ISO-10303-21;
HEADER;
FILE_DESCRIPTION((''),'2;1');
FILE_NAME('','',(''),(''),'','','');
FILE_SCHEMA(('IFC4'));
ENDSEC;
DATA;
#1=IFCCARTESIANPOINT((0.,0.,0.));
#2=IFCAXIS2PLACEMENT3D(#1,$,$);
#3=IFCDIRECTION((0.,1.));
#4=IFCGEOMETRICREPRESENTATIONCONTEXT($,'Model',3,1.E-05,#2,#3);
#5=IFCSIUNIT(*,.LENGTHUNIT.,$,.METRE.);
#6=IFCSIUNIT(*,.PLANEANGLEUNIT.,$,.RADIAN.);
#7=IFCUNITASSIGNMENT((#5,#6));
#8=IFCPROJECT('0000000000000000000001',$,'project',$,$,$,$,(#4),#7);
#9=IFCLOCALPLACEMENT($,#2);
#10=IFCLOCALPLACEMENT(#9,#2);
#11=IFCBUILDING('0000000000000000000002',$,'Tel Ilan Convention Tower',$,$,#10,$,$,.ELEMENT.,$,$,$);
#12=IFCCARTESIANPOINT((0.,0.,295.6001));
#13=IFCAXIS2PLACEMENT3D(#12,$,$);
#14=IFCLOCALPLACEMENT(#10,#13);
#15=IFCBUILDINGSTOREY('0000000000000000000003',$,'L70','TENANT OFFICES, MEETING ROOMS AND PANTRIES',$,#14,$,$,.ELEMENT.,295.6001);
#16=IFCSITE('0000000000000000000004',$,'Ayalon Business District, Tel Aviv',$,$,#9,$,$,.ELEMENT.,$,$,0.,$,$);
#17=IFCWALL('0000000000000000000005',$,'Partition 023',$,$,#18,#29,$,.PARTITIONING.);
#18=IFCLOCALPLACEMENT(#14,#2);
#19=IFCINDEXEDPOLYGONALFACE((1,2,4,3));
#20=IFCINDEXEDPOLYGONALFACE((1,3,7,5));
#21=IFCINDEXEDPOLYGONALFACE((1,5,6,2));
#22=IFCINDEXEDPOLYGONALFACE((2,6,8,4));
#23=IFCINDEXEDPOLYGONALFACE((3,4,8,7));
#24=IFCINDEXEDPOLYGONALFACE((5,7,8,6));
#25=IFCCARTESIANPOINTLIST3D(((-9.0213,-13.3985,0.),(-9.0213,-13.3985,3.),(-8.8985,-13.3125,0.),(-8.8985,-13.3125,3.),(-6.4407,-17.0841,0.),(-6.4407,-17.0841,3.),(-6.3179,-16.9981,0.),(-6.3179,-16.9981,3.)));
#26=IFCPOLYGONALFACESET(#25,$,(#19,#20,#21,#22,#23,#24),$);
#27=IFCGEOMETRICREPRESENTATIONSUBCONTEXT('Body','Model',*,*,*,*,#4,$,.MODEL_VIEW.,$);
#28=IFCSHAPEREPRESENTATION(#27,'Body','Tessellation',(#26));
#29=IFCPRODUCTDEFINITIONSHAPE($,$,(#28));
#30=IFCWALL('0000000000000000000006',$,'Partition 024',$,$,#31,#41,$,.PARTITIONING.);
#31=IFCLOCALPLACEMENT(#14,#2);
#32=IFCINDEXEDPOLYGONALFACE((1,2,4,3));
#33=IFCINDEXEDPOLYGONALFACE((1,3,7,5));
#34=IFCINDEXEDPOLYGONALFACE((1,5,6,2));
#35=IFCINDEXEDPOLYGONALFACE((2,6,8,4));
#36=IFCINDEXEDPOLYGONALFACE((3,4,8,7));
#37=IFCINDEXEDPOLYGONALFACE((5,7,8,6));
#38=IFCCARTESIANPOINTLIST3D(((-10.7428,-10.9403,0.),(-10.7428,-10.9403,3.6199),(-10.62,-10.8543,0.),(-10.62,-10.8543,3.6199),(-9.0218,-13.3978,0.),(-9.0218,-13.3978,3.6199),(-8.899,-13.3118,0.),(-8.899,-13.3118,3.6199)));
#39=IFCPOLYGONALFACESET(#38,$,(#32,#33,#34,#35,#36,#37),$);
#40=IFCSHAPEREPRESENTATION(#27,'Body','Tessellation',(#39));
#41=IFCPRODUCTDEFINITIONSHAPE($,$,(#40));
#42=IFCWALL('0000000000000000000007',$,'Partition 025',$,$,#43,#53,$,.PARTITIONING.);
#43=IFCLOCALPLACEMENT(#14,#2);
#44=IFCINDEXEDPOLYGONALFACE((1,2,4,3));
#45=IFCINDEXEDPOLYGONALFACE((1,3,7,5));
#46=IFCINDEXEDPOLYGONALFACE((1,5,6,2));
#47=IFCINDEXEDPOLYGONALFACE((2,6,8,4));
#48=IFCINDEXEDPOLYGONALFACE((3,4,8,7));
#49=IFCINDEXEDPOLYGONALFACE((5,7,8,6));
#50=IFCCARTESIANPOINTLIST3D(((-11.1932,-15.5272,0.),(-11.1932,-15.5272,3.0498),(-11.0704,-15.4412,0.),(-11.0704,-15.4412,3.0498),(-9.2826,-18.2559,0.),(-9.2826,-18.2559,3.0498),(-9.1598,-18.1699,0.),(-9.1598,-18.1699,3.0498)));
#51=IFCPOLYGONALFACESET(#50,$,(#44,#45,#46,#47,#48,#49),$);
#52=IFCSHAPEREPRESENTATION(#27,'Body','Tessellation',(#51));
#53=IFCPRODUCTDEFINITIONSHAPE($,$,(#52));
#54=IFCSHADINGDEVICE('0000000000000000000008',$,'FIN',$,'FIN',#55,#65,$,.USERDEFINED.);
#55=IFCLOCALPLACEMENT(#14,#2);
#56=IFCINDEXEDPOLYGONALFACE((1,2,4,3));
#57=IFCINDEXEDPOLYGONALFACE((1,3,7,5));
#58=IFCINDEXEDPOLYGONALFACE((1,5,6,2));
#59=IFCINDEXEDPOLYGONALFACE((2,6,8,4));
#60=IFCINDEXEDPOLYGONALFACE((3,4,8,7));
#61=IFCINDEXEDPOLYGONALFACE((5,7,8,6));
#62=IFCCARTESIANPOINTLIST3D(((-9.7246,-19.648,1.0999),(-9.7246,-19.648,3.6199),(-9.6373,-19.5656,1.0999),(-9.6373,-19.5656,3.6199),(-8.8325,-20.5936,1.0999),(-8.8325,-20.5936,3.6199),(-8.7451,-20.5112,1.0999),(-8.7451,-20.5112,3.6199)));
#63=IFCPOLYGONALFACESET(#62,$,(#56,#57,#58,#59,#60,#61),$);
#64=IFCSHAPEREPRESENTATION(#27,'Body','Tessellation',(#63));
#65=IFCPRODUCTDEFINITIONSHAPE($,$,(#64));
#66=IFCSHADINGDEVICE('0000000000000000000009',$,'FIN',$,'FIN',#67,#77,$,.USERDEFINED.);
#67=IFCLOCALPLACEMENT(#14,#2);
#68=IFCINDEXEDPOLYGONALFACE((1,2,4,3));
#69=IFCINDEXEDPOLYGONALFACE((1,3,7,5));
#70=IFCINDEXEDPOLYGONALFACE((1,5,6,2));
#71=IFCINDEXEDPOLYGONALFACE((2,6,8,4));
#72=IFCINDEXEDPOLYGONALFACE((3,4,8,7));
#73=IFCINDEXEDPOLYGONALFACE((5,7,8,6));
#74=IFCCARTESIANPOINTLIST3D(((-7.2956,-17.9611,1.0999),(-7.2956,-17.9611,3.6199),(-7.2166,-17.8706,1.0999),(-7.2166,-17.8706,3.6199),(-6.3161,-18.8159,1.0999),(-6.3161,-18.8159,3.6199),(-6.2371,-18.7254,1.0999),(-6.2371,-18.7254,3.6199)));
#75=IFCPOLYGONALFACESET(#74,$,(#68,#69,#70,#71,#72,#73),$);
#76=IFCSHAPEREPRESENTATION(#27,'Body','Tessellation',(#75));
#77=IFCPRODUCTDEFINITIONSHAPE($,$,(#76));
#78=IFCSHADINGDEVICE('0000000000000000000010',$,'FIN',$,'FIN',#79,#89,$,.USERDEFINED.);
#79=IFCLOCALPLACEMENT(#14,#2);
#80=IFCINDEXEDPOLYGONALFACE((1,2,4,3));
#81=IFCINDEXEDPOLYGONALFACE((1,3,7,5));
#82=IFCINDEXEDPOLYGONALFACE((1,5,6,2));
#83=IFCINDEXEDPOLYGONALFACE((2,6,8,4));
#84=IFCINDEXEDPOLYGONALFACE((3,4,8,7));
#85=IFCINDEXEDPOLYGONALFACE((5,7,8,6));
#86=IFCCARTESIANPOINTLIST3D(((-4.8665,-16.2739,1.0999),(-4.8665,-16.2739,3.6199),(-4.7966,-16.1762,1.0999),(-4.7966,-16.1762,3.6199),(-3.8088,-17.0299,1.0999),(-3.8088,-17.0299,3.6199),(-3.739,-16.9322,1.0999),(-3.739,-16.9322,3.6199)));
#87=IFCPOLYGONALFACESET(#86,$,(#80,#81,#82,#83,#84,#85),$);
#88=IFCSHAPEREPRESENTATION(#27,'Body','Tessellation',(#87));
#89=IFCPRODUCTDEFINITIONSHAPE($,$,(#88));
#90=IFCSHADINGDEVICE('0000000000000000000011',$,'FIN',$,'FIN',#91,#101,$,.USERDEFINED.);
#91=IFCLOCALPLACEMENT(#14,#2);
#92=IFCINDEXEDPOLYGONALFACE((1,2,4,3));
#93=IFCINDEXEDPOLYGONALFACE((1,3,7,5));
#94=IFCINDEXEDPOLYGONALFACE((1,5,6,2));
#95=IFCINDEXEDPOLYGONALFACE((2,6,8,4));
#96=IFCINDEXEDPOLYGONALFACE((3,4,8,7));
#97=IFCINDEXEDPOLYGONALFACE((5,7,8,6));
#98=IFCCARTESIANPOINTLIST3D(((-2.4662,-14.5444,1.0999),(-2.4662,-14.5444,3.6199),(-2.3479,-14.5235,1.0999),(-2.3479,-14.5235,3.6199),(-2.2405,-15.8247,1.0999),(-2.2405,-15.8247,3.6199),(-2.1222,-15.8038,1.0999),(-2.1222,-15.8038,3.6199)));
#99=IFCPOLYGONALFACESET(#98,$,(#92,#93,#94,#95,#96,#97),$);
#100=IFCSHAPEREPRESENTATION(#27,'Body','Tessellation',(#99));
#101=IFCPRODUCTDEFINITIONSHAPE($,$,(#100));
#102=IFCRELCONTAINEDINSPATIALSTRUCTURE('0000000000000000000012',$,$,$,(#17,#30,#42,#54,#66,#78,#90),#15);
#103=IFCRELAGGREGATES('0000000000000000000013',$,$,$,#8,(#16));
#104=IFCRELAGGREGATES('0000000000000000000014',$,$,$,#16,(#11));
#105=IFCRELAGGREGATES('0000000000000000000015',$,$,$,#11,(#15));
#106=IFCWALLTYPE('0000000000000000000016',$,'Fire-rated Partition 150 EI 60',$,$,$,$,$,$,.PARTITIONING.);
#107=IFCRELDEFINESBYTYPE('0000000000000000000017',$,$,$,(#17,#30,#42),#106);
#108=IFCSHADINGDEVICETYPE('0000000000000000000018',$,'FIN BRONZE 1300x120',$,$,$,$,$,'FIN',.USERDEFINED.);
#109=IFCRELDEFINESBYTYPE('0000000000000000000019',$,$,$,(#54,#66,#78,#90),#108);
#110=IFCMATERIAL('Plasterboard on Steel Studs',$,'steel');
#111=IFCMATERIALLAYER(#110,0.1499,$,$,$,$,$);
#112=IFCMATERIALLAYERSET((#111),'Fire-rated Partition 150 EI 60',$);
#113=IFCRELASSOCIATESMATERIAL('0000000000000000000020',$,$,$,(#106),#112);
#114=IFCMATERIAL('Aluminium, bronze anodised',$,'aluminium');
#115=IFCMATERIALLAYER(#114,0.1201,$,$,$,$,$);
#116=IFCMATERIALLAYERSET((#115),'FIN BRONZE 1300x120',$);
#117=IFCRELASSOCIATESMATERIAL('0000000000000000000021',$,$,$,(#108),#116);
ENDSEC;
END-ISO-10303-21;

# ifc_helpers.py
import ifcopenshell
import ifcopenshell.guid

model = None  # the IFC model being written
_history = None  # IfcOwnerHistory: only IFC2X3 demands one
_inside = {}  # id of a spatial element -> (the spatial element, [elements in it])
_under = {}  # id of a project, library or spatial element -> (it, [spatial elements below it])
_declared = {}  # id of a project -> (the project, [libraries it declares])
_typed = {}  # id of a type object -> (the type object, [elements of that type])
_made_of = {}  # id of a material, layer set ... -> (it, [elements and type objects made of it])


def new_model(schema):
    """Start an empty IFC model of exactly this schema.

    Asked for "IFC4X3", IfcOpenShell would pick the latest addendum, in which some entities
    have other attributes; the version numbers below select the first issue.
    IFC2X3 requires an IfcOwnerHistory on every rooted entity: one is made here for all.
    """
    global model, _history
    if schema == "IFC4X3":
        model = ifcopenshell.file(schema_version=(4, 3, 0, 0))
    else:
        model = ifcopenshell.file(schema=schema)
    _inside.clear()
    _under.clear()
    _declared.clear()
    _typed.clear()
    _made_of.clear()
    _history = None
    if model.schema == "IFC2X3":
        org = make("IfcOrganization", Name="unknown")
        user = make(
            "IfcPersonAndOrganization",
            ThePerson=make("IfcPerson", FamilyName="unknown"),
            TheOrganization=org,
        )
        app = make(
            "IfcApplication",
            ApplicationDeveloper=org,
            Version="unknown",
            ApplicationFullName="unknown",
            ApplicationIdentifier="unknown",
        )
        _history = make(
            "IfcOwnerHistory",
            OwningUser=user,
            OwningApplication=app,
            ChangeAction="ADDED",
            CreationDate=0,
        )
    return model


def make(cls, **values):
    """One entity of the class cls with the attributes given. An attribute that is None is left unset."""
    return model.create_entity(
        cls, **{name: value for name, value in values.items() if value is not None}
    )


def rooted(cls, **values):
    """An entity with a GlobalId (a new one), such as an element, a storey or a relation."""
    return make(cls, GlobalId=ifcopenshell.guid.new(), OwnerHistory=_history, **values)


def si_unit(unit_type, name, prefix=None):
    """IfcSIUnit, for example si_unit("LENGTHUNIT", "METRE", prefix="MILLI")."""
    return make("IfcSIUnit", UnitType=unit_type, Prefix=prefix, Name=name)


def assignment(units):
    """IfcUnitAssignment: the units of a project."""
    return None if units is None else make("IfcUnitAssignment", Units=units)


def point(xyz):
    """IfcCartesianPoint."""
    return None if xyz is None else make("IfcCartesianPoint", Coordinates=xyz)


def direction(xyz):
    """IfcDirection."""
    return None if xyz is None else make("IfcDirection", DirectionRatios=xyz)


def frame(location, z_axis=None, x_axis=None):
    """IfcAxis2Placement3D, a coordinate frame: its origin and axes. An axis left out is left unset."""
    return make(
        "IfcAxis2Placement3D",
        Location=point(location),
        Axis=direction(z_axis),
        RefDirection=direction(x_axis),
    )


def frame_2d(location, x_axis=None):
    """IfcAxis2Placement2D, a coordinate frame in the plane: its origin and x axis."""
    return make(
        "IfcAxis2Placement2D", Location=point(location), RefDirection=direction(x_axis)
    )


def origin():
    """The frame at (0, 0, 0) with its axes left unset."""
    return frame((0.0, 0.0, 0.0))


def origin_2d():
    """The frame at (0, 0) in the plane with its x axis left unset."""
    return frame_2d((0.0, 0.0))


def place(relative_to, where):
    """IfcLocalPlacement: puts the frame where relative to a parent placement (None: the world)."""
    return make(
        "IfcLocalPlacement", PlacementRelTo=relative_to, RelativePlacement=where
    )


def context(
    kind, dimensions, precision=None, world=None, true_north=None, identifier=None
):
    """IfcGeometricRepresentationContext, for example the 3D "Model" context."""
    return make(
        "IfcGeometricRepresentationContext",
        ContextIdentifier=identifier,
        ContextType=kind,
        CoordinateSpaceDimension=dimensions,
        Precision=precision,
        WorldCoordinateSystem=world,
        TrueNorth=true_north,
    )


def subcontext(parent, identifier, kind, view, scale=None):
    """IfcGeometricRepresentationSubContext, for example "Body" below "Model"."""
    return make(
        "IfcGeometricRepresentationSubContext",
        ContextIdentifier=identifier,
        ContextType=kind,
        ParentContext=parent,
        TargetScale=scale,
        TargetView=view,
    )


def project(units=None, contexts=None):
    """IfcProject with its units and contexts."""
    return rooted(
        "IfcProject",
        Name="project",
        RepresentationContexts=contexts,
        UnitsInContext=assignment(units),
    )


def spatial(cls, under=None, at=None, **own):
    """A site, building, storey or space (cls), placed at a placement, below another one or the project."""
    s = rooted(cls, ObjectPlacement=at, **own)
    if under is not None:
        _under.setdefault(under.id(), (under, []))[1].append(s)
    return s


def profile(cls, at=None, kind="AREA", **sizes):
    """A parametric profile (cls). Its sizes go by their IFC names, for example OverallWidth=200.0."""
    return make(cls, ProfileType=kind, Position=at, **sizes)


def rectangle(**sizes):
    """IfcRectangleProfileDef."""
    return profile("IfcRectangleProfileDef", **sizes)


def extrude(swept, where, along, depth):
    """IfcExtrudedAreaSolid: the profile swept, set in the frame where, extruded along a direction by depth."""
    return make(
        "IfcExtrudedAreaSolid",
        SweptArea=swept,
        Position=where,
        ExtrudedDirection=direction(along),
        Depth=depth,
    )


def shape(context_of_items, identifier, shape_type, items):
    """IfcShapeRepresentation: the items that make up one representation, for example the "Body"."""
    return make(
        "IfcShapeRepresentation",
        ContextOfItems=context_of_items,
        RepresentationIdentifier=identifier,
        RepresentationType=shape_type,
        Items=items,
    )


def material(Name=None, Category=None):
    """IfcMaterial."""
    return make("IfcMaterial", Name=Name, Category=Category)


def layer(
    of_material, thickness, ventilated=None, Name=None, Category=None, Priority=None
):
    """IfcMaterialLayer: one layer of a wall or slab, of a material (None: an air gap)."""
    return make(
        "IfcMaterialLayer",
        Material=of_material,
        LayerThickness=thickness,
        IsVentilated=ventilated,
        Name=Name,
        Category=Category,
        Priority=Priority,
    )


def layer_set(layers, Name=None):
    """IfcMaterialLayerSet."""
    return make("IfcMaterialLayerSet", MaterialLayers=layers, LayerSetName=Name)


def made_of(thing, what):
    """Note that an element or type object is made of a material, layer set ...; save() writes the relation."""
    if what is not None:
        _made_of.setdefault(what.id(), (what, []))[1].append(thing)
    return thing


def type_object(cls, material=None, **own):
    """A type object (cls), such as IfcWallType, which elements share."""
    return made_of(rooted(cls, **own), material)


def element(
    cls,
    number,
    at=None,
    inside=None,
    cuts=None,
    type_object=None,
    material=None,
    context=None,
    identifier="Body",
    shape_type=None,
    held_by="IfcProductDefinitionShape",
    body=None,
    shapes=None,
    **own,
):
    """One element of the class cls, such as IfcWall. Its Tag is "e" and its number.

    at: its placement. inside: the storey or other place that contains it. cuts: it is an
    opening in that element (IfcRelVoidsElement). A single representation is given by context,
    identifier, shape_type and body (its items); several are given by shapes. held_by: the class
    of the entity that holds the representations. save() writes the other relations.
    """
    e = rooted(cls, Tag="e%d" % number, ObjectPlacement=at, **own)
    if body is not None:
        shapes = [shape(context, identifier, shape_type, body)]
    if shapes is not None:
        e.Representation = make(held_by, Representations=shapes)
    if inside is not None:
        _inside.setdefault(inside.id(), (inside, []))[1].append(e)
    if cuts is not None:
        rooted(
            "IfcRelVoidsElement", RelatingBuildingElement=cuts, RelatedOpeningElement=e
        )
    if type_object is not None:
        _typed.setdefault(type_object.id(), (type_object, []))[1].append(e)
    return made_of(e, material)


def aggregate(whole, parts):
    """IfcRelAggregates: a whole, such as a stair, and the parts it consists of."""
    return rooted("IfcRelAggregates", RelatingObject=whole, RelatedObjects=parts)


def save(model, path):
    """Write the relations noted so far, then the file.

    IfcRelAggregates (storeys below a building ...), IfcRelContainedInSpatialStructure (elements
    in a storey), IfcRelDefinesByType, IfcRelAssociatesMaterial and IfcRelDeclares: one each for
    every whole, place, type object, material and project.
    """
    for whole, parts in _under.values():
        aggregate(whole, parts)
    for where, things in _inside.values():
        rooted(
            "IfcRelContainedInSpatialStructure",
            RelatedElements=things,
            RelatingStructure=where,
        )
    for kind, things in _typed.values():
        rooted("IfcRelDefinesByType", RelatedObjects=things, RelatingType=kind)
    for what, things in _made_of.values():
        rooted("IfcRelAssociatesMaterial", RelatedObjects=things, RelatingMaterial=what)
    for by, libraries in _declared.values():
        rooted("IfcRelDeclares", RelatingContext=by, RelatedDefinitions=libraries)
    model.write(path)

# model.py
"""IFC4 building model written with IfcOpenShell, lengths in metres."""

from ifc_helpers import new_model, si_unit, direction, frame, frame_2d, origin, origin_2d, place, context, subcontext, project, spatial, rectangle, extrude, material, layer, layer_set, type_object, element, save


model = new_model("IFC4")

# Units and contexts
model_context = context("Model", 3, precision=1e-05, world=origin(), true_north=direction((0.0, 1.0)))
body_context = subcontext(model_context, "Body", "Model", "MODEL_VIEW")
ifc_project = project(units=[si_unit("LENGTHUNIT", "METRE"), si_unit("PLANEANGLEUNIT", "RADIAN")], contexts=[model_context])

# Site, building, storey
site_placement = place(None, origin())
site = spatial("IfcSite", under=ifc_project, at=site_placement, Name="Ayalon Business District, Tel Aviv", CompositionType="ELEMENT", RefElevation=0.0)
building_placement = place(site_placement, origin())
building = spatial("IfcBuilding", under=site, at=building_placement, Name="Tel Ilan Convention Tower", CompositionType="ELEMENT")
storey_placement = place(building_placement, frame((0.0, 0.0, 295.6001)))
storey = spatial("IfcBuildingStorey", under=building, at=storey_placement, Name="L70", Description="TENANT OFFICES, MEETING ROOMS AND PANTRIES", CompositionType="ELEMENT", Elevation=295.6001)

# Walls
ifc_material_1 = material(Name="Plasterboard on Steel Studs", Category="steel")
ifc_layer_1 = layer(ifc_material_1, 0.1499)
ifc_layer_set_1 = layer_set([ifc_layer_1], Name="Fire-rated Partition 150 EI 60")
wall_type = type_object("IfcWallType", Name="Fire-rated Partition 150 EI 60", PredefinedType="PARTITIONING", material=ifc_layer_set_1)
wall_1_placement = place(storey_placement, frame((-6.3794, -17.041, 0.0), z_axis=(0.0, 0.0, 1.0), x_axis=(-0.573564, 0.819161, 0.0)))
element("IfcWall", 1, at=wall_1_placement, inside=storey, type_object=wall_type, Name="Partition 023", PredefinedType="PARTITIONING", context=body_context, shape_type="SweptSolid", body=[
    extrude(rectangle(XDim=4.4993, YDim=0.1499, at=frame_2d((2.2495, 0.0))), origin(), (0.0, 0.0, 1.0), 3.0),
])
wall_2_placement = place(storey_placement, frame((-8.9604, -13.3547, 0.0), z_axis=(0.0, 0.0, 1.0), x_axis=(-0.573615, 0.819125, 0.0)))
element("IfcWall", 2, at=wall_2_placement, inside=storey, type_object=wall_type, Name="Partition 024", PredefinedType="PARTITIONING", context=body_context, shape_type="SweptSolid", body=[
    extrude(rectangle(XDim=3.0002, YDim=0.1499, at=frame_2d((1.5, 0.0))), origin(), (0.0, 0.0, 1.0), 3.6199),
])
wall_3_placement = place(storey_placement, frame((-9.2212, -18.2129, 0.0), z_axis=(0.0, 0.0, 1.0), x_axis=(-0.573566, 0.81916, 0.0)))
element("IfcWall", 3, at=wall_3_placement, inside=storey, type_object=wall_type, Name="Partition 025", PredefinedType="PARTITIONING", context=body_context, shape_type="SweptSolid", body=[
    extrude(rectangle(XDim=3.3311, YDim=0.1499, at=frame_2d((1.6655, 0.0))), origin(), (0.0, 0.0, 1.0), 3.0498),
])

# Shading devices
ifc_material_2 = material(Name="Aluminium, bronze anodised", Category="aluminium")
ifc_layer_2 = layer(ifc_material_2, 0.1201)
ifc_layer_set_2 = layer_set([ifc_layer_2], Name="FIN BRONZE 1300x120")
shading_device_type = type_object("IfcShadingDeviceType", Name="FIN BRONZE 1300x120", ElementType="FIN", PredefinedType="USERDEFINED", material=ifc_layer_set_2)
for number, where, z_axis, x_axis, name in (
    (4, (-9.2349, -20.0796, 1.0999), (0.0, 0.0, 1.0), (0.686242, -0.727374, 0.0), "FIN"),
    (5, (-6.7664, -18.3433, 1.0999), (0.0, 0.0, 1.0), (0.753436, -0.657521, 0.0), "FIN"),
    (6, (-4.3027, -16.603, 1.0999), (0.0, 0.0, 1.0), (0.813552, -0.581492, 0.0), "FIN"),
    (7, (-2.2942, -15.1741, 1.0999), (0.0, 0.0, 1.0), (0.173648, -0.984808, 0.0), "FIN"),
):
    element("IfcShadingDevice", number, at=place(storey_placement, frame(where, z_axis=z_axis, x_axis=x_axis)), inside=storey, type_object=shading_device_type, Name=name, ObjectType="FIN", PredefinedType="USERDEFINED", context=body_context, shape_type="SweptSolid", body=[
        extrude(rectangle(XDim=1.3, YDim=0.1201, at=origin_2d()), origin(), (0.0, 0.0, 1.0), 2.52),
    ])

save(model, "model.ifc")
